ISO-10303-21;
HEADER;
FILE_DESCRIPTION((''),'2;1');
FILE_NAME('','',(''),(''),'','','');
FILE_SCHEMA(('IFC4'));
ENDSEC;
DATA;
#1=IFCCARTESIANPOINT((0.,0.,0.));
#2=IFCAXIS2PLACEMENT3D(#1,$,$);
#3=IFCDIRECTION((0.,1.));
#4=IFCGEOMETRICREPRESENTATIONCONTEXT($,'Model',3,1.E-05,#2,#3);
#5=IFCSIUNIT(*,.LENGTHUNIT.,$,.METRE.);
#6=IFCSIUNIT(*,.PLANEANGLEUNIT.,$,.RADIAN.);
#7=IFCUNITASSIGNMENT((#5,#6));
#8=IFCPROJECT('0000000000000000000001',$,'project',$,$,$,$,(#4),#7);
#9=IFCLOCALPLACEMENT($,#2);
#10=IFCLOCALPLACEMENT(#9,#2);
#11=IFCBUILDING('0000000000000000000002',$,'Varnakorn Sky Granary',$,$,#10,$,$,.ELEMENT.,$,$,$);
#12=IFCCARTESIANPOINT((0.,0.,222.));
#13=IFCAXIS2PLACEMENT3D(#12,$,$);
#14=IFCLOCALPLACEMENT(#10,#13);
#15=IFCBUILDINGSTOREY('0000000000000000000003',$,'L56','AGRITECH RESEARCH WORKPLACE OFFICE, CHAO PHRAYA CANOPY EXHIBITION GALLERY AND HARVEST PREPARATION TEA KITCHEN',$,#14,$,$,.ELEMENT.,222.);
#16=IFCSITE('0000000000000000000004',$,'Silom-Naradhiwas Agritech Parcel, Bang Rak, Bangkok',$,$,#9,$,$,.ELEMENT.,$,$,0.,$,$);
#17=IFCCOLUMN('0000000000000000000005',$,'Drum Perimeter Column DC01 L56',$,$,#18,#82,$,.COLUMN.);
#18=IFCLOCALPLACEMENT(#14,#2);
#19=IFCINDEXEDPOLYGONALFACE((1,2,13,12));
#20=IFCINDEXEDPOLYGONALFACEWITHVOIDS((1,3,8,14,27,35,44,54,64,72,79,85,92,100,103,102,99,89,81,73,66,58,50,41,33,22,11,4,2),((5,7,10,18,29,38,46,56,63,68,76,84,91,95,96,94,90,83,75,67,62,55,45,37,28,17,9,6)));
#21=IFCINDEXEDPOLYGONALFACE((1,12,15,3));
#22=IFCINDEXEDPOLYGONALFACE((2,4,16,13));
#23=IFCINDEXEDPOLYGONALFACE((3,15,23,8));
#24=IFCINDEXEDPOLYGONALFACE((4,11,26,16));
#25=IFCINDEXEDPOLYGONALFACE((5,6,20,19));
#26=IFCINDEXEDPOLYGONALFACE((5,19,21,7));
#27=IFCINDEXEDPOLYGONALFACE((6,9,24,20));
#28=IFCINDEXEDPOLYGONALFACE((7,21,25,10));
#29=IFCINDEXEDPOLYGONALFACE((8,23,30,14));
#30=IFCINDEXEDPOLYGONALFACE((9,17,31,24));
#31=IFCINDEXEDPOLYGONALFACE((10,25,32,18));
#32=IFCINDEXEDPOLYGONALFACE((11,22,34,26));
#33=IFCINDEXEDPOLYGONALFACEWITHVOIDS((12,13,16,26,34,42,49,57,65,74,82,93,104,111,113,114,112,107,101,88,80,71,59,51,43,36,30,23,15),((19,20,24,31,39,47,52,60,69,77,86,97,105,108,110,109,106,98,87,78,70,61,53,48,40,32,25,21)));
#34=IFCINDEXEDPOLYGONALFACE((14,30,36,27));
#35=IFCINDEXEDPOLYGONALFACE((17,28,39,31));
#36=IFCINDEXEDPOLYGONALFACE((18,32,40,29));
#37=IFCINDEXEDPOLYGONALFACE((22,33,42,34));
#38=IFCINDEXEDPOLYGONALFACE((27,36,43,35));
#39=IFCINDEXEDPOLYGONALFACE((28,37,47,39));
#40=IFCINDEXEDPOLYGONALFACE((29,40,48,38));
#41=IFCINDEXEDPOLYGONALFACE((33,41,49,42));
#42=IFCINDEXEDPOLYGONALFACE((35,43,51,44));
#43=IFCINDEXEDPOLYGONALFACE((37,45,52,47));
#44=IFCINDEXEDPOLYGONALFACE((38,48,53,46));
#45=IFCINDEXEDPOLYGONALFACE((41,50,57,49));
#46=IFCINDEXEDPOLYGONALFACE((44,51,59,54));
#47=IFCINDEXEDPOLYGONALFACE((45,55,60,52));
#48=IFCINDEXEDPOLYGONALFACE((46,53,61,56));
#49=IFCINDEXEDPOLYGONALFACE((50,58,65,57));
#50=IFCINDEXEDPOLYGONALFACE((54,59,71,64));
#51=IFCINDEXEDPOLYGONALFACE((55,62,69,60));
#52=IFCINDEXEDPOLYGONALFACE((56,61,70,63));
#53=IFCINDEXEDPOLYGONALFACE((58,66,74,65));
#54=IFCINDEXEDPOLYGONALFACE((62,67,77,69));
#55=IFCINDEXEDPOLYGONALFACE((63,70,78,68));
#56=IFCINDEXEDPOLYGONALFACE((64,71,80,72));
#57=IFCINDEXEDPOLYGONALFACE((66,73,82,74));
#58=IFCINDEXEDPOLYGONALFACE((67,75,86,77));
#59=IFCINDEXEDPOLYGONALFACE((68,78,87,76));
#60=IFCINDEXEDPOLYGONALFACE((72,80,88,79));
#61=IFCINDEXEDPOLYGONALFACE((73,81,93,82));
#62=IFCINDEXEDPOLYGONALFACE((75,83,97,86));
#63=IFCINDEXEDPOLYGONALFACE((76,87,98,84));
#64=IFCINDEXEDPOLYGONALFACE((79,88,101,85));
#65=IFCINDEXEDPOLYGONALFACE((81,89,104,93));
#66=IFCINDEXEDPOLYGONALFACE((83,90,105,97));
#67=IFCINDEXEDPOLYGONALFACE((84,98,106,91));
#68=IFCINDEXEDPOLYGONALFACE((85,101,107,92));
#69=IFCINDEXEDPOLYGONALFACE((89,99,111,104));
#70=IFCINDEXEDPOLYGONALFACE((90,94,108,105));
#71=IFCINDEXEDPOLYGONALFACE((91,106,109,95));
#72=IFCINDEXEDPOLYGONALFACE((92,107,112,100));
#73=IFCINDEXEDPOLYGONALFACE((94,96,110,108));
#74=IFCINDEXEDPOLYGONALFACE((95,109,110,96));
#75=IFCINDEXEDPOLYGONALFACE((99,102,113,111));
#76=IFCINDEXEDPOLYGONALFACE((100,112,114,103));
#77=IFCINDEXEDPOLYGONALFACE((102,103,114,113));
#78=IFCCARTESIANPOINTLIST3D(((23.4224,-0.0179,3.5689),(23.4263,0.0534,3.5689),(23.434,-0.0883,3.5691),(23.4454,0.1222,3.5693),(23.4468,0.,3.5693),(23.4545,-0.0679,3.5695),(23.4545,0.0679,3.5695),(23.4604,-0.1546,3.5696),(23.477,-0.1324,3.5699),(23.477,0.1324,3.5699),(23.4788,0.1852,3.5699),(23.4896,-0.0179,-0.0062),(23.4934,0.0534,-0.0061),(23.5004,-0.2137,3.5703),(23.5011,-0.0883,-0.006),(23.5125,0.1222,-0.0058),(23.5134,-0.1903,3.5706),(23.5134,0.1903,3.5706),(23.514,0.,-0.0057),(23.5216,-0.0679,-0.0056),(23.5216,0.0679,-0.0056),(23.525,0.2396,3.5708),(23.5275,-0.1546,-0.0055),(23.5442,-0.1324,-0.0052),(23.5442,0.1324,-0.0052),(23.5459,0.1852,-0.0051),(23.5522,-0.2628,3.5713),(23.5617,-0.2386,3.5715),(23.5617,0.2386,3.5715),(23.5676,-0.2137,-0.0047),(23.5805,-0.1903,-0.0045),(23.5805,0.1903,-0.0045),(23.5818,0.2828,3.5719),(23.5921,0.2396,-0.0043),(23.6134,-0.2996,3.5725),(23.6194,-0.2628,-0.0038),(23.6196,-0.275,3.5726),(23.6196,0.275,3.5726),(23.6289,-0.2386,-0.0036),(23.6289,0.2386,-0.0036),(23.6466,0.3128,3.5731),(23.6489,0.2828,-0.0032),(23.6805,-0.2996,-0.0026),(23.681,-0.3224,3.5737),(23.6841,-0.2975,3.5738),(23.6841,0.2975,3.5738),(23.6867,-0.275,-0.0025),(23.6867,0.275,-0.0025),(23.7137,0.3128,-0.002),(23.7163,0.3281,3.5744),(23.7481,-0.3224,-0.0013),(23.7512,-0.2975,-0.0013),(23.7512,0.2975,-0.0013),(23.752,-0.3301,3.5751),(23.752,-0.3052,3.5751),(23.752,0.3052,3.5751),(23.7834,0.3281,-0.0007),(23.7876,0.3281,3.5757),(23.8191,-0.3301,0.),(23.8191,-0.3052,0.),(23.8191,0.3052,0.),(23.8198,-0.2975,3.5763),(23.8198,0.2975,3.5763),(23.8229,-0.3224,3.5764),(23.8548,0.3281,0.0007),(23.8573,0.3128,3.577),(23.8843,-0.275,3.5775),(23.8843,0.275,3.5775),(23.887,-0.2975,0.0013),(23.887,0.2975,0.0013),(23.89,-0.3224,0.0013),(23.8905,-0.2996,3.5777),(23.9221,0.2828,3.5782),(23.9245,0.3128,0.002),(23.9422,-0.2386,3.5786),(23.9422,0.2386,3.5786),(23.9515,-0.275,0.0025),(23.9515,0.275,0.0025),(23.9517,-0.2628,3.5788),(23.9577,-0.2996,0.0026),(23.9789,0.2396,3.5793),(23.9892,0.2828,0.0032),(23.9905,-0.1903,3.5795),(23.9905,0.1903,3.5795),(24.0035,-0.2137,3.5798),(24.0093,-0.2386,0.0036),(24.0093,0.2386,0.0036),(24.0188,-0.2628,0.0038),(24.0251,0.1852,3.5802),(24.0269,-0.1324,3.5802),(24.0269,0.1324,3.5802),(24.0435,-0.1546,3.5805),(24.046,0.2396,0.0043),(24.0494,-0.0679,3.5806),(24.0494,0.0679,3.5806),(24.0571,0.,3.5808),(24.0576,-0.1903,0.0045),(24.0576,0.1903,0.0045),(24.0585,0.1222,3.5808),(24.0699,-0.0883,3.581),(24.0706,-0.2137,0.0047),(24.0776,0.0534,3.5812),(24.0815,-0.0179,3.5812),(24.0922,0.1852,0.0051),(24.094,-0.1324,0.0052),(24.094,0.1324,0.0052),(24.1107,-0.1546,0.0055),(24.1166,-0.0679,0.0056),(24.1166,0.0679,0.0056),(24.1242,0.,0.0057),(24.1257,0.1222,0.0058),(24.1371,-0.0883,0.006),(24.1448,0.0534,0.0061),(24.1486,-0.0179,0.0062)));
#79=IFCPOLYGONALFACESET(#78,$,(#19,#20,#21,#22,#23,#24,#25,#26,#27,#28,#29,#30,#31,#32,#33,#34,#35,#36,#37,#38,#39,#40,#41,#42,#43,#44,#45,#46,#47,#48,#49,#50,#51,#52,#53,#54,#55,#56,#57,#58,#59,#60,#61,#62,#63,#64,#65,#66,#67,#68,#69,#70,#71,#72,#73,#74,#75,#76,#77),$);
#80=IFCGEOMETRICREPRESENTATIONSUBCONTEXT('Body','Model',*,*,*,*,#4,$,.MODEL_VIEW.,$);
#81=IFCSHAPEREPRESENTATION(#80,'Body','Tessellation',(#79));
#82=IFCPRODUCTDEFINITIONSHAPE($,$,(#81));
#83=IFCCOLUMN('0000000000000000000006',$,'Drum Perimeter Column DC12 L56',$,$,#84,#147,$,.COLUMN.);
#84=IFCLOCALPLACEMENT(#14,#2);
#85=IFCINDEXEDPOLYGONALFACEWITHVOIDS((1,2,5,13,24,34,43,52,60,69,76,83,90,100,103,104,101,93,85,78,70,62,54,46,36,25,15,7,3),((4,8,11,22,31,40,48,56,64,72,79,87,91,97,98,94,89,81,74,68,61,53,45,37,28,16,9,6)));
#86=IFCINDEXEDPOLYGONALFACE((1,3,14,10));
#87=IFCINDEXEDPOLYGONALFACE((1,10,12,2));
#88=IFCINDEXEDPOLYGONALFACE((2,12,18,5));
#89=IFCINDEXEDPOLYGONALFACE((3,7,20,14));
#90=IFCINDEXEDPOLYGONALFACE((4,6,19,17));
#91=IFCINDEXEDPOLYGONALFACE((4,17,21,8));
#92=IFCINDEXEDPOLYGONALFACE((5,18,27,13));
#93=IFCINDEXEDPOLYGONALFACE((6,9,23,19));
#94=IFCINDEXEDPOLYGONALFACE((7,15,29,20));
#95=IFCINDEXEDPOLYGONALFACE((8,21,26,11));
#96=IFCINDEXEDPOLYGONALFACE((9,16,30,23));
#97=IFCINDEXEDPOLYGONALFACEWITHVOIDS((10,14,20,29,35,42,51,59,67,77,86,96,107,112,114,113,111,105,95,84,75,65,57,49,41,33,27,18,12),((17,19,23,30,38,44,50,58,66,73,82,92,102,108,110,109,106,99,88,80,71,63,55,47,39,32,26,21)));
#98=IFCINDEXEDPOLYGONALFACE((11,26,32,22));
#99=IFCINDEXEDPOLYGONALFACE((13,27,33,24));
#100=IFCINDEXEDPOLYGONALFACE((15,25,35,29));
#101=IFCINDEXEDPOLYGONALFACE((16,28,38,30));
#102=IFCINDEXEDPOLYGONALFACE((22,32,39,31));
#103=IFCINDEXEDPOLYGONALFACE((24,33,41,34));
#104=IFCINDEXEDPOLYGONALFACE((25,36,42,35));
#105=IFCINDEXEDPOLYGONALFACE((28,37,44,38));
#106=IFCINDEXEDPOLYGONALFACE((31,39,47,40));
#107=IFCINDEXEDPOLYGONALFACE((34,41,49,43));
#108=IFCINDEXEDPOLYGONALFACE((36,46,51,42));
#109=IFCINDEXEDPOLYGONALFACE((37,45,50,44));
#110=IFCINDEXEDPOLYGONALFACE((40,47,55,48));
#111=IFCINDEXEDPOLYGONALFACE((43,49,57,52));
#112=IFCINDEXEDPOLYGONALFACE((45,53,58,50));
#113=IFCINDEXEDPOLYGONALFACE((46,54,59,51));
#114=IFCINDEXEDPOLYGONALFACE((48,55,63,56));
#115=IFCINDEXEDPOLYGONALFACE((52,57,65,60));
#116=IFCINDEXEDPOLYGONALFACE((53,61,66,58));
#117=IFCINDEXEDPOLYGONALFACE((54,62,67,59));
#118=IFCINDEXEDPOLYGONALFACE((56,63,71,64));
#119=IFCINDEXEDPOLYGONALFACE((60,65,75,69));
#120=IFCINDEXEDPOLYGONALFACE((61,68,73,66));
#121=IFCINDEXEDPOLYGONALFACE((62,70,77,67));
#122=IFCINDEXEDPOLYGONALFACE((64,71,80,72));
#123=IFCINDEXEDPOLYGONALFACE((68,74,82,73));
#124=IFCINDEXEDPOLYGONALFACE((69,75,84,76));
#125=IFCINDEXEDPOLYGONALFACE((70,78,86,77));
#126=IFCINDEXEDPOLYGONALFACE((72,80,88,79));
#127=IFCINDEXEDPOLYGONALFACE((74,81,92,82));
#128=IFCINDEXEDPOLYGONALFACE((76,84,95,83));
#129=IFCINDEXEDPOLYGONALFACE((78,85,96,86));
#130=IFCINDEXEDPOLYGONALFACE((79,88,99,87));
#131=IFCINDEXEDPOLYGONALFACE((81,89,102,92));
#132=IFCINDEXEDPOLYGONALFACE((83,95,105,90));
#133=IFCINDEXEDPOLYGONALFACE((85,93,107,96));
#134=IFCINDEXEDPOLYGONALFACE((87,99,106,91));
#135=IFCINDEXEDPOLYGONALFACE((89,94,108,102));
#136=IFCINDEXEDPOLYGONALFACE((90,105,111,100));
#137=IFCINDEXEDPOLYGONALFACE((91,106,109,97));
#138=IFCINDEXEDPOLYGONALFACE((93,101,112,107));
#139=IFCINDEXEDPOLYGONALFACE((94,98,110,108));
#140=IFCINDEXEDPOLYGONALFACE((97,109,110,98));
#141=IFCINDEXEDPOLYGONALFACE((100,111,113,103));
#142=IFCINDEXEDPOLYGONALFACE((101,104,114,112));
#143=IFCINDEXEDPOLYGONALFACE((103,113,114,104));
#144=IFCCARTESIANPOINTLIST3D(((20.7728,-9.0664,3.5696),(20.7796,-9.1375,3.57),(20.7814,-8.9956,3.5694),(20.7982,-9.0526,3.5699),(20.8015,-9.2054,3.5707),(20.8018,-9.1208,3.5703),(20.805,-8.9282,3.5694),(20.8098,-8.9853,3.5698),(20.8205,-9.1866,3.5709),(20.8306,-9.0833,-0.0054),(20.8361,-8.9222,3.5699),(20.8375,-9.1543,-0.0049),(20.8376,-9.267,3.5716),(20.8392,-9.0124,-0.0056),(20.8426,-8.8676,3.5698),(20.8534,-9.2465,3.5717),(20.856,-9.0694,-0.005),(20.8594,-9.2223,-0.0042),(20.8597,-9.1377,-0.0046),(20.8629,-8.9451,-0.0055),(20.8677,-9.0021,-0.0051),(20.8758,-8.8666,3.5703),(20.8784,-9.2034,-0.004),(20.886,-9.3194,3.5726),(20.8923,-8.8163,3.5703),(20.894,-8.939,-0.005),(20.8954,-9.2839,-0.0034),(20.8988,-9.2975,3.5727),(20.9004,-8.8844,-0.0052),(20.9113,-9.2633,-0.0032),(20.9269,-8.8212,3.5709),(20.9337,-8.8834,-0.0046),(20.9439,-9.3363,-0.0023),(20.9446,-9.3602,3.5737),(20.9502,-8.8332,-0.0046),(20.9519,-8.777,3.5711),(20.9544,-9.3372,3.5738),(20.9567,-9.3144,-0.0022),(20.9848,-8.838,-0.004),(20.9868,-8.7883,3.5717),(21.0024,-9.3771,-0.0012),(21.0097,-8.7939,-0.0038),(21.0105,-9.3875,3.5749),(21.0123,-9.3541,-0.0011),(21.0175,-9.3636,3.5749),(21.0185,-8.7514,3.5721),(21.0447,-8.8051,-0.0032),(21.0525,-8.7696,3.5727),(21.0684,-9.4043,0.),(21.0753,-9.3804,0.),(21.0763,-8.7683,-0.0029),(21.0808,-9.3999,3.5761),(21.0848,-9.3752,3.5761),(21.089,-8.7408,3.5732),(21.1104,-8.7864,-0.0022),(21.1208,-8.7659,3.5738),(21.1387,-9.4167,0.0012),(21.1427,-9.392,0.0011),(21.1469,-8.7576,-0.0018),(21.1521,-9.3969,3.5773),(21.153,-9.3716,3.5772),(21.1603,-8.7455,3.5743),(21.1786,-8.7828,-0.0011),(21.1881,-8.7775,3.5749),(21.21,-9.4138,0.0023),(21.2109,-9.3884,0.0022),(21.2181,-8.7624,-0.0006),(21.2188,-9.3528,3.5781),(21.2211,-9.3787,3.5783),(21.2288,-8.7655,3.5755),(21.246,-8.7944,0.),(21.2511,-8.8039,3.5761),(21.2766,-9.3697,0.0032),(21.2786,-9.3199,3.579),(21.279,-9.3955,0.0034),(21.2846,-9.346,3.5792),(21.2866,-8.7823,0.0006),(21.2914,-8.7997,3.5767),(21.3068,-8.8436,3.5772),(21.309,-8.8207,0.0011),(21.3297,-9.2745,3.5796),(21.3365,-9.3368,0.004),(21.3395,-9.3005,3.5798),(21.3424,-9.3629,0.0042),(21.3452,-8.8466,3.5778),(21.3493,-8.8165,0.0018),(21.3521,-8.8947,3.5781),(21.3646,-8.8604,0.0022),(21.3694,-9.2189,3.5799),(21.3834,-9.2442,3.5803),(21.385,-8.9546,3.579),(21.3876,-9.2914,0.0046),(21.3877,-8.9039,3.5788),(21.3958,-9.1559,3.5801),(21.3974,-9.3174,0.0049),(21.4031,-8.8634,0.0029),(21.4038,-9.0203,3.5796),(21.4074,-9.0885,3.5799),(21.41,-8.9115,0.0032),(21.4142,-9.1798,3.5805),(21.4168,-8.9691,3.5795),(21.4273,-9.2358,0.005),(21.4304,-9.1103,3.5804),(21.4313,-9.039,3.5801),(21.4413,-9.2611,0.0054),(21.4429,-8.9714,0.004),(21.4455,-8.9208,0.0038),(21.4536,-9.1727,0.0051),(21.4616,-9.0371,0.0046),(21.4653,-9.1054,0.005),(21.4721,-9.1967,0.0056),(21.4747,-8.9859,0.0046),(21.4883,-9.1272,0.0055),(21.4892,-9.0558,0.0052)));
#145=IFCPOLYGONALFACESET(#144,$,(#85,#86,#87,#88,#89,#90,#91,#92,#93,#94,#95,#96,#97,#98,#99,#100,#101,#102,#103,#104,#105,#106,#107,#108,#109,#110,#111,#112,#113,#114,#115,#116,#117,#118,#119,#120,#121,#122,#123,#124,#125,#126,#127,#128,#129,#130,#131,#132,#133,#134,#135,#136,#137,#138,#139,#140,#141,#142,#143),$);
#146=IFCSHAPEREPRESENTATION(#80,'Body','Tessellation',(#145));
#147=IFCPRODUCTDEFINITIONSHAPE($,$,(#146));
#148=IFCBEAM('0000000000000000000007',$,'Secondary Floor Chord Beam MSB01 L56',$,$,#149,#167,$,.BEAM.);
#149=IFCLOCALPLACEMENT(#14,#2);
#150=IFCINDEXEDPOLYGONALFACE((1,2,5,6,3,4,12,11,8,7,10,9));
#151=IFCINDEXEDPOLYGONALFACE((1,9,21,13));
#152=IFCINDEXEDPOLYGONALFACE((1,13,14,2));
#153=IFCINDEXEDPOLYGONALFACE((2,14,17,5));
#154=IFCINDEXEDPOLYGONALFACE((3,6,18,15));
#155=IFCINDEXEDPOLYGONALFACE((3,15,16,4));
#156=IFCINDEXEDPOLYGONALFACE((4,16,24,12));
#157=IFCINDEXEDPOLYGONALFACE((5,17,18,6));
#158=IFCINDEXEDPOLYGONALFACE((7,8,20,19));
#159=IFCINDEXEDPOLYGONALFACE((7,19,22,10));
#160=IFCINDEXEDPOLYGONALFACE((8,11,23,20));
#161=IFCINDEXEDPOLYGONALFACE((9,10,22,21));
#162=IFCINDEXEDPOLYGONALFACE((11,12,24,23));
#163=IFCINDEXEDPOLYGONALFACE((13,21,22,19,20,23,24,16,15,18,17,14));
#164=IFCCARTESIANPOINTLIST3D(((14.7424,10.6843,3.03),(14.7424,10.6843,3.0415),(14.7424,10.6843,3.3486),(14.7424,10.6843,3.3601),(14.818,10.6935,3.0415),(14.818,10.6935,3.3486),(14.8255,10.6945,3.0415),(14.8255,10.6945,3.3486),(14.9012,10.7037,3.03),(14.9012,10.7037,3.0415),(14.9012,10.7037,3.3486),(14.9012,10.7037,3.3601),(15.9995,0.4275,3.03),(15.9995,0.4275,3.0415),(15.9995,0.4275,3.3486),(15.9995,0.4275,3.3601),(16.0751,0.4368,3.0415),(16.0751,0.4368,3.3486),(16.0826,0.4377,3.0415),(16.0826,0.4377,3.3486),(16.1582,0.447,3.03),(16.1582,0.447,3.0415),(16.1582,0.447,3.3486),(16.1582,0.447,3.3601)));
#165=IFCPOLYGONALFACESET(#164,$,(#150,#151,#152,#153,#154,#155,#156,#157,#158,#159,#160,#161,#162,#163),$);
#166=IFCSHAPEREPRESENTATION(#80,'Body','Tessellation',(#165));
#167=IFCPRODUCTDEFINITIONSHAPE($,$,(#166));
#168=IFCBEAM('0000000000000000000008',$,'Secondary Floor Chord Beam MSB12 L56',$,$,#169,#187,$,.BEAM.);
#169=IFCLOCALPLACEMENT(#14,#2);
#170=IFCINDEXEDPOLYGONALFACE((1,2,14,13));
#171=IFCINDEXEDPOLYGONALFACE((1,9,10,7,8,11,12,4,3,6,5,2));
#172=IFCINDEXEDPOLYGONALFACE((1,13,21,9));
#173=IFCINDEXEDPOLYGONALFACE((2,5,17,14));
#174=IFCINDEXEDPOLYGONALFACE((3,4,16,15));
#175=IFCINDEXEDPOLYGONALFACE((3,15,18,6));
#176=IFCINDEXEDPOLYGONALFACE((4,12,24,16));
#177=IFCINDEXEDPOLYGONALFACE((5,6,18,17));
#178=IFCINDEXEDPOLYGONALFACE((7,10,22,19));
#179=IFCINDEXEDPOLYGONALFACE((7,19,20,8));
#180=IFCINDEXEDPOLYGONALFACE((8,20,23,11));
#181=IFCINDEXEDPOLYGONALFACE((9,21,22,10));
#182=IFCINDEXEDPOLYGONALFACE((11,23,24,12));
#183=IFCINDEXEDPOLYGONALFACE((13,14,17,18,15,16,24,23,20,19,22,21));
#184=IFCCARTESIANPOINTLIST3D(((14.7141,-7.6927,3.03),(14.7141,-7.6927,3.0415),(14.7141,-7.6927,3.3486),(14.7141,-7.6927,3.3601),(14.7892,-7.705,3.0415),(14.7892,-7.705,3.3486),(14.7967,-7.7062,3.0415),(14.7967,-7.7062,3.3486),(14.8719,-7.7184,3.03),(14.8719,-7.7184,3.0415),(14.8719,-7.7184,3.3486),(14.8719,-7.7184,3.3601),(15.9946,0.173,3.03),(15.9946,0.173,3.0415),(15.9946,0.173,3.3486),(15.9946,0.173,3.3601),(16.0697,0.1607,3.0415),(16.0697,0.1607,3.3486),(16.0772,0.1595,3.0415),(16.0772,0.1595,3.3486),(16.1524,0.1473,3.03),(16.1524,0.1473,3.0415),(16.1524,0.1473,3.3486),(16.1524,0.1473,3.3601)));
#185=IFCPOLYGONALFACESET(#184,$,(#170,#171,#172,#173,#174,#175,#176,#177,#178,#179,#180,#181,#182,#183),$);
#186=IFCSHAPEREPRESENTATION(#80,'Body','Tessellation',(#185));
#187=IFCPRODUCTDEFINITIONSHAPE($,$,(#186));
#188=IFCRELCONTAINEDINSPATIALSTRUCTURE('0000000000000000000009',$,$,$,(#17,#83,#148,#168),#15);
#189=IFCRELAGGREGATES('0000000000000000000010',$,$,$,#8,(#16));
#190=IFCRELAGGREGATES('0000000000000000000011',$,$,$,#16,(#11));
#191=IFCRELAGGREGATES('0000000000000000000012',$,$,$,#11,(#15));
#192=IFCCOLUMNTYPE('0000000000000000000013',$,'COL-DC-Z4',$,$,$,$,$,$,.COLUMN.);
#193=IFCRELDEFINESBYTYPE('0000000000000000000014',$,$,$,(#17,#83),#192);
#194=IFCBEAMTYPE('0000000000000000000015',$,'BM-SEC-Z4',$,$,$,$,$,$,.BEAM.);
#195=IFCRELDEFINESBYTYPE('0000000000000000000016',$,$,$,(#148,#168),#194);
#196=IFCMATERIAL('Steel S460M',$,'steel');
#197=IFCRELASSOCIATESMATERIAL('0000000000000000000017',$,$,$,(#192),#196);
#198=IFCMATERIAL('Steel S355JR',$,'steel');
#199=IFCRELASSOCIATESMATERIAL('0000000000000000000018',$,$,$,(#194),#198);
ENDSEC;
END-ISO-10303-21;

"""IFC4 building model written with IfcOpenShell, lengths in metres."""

from ifc_helpers import new_model, si_unit, direction, frame, origin, origin_2d, place, context, subcontext, project, spatial, hollow_circle, i_section, extrude, material, material_profile, profile_set, type_object, element, save


model = new_model("IFC4")

# Units and contexts
model_context = context("Model", 3, precision=1e-05, world=origin(), true_north=direction((0.0, 1.0)))
body_context = subcontext(model_context, "Body", "Model", "MODEL_VIEW")
ifc_project = project(units=[si_unit("LENGTHUNIT", "METRE"), si_unit("PLANEANGLEUNIT", "RADIAN")], contexts=[model_context])

# Site, building, storey
site_placement = place(None, origin())
site = spatial("IfcSite", under=ifc_project, at=site_placement, Name="Silom-Naradhiwas Agritech Parcel, Bang Rak, Bangkok", CompositionType="ELEMENT", RefElevation=0.0)
building_placement = place(site_placement, origin())
building = spatial("IfcBuilding", under=site, at=building_placement, Name="Varnakorn Sky Granary", CompositionType="ELEMENT")
storey_placement = place(building_placement, frame((0.0, 0.0, 222.0)))
storey = spatial("IfcBuildingStorey", under=building, at=storey_placement, Name="L56", Description="AGRITECH RESEARCH WORKPLACE OFFICE, CHAO PHRAYA CANOPY EXHIBITION GALLERY AND HARVEST PREPARATION TEA KITCHEN", CompositionType="ELEMENT", Elevation=222.0)

# Columns
ifc_material_1 = material(Name="Steel S460M", Category="steel")
ifc_material_profile_1 = material_profile(ifc_material_1, hollow_circle(Radius=0.3301, WallThickness=0.0249, at=origin_2d()), Name="CHS 660x25")
ifc_profile_set_1 = profile_set([ifc_material_profile_1], Name="Steel S460M")
column_type = type_object("IfcColumnType", Name="COL-DC-Z4", PredefinedType="COLUMN", material=ifc_profile_set_1)
column_1_placement = place(storey_placement, frame((23.8191, 0.0, 0.0), z_axis=(-0.018777, 0.0, 0.999824), x_axis=(0.0, -1.0, 0.0)))
element("IfcColumn", 1, at=column_1_placement, inside=storey, type_object=column_type, Name="Drum Perimeter Column DC01 L56", PredefinedType="COLUMN", context=body_context, shape_type="SweptSolid", body=[
    extrude(hollow_circle(Radius=0.3301, WallThickness=0.0249, at=origin_2d()), origin(), (0.0, 0.0, 1.0), 3.5757),
])
column_2_placement = place(storey_placement, frame((21.1606, -9.0874, 0.0), z_axis=(-0.016183, 0.004711, 0.999858), x_axis=(-0.279533, -0.960136, 0.0)))
element("IfcColumn", 2, at=column_2_placement, inside=storey, type_object=column_type, Name="Drum Perimeter Column DC12 L56", PredefinedType="COLUMN", context=body_context, shape_type="SweptSolid", body=[
    extrude(hollow_circle(Radius=0.3301, WallThickness=0.0249, at=origin_2d()), origin(), (0.0, 0.0, 1.0), 3.5754),
])

# Beams
ifc_material_2 = material(Name="Steel S355JR", Category="steel")
ifc_material_profile_2 = material_profile(ifc_material_2, i_section(OverallWidth=0.1599, OverallDepth=0.3301, WebThickness=0.0076, FlangeThickness=0.0115, at=origin_2d()), Name="IPE 330")
ifc_profile_set_2 = profile_set([ifc_material_profile_2], Name="Steel S355JR")
beam_type_1 = type_object("IfcBeamType", Name="BM-SEC-Z4", PredefinedType="BEAM", material=ifc_profile_set_2)
beam_1_placement = place(storey_placement, frame((16.0789, 0.4373, 3.1951), z_axis=(-0.12165, 0.992573, 0.0), x_axis=(-0.992573, -0.12165, 0.0)))
element("IfcBeam", 3, at=beam_1_placement, inside=storey, type_object=beam_type_1, Name="Secondary Floor Chord Beam MSB01 L56", PredefinedType="BEAM", context=body_context, shape_type="SweptSolid", body=[
    extrude(i_section(OverallWidth=0.1599, OverallDepth=0.3301, WebThickness=0.0076, FlangeThickness=0.0115, at=origin_2d()), origin(), (0.0, 0.0, 1.0), 10.3335),
])
beam_2_placement = place(storey_placement, frame((14.793, -7.7056, 3.1951), z_axis=(0.160682, 0.987006, 0.0), x_axis=(-0.987006, 0.160682, 0.0)))
element("IfcBeam", 4, at=beam_2_placement, inside=storey, type_object=beam_type_1, Name="Secondary Floor Chord Beam MSB12 L56", PredefinedType="BEAM", context=body_context, shape_type="SweptSolid", body=[
    extrude(i_section(OverallWidth=0.1599, OverallDepth=0.3301, WebThickness=0.0076, FlangeThickness=0.0115, at=origin_2d()), origin(), (0.0, 0.0, 1.0), 7.9692),
])

save(model, "model.ifc")
